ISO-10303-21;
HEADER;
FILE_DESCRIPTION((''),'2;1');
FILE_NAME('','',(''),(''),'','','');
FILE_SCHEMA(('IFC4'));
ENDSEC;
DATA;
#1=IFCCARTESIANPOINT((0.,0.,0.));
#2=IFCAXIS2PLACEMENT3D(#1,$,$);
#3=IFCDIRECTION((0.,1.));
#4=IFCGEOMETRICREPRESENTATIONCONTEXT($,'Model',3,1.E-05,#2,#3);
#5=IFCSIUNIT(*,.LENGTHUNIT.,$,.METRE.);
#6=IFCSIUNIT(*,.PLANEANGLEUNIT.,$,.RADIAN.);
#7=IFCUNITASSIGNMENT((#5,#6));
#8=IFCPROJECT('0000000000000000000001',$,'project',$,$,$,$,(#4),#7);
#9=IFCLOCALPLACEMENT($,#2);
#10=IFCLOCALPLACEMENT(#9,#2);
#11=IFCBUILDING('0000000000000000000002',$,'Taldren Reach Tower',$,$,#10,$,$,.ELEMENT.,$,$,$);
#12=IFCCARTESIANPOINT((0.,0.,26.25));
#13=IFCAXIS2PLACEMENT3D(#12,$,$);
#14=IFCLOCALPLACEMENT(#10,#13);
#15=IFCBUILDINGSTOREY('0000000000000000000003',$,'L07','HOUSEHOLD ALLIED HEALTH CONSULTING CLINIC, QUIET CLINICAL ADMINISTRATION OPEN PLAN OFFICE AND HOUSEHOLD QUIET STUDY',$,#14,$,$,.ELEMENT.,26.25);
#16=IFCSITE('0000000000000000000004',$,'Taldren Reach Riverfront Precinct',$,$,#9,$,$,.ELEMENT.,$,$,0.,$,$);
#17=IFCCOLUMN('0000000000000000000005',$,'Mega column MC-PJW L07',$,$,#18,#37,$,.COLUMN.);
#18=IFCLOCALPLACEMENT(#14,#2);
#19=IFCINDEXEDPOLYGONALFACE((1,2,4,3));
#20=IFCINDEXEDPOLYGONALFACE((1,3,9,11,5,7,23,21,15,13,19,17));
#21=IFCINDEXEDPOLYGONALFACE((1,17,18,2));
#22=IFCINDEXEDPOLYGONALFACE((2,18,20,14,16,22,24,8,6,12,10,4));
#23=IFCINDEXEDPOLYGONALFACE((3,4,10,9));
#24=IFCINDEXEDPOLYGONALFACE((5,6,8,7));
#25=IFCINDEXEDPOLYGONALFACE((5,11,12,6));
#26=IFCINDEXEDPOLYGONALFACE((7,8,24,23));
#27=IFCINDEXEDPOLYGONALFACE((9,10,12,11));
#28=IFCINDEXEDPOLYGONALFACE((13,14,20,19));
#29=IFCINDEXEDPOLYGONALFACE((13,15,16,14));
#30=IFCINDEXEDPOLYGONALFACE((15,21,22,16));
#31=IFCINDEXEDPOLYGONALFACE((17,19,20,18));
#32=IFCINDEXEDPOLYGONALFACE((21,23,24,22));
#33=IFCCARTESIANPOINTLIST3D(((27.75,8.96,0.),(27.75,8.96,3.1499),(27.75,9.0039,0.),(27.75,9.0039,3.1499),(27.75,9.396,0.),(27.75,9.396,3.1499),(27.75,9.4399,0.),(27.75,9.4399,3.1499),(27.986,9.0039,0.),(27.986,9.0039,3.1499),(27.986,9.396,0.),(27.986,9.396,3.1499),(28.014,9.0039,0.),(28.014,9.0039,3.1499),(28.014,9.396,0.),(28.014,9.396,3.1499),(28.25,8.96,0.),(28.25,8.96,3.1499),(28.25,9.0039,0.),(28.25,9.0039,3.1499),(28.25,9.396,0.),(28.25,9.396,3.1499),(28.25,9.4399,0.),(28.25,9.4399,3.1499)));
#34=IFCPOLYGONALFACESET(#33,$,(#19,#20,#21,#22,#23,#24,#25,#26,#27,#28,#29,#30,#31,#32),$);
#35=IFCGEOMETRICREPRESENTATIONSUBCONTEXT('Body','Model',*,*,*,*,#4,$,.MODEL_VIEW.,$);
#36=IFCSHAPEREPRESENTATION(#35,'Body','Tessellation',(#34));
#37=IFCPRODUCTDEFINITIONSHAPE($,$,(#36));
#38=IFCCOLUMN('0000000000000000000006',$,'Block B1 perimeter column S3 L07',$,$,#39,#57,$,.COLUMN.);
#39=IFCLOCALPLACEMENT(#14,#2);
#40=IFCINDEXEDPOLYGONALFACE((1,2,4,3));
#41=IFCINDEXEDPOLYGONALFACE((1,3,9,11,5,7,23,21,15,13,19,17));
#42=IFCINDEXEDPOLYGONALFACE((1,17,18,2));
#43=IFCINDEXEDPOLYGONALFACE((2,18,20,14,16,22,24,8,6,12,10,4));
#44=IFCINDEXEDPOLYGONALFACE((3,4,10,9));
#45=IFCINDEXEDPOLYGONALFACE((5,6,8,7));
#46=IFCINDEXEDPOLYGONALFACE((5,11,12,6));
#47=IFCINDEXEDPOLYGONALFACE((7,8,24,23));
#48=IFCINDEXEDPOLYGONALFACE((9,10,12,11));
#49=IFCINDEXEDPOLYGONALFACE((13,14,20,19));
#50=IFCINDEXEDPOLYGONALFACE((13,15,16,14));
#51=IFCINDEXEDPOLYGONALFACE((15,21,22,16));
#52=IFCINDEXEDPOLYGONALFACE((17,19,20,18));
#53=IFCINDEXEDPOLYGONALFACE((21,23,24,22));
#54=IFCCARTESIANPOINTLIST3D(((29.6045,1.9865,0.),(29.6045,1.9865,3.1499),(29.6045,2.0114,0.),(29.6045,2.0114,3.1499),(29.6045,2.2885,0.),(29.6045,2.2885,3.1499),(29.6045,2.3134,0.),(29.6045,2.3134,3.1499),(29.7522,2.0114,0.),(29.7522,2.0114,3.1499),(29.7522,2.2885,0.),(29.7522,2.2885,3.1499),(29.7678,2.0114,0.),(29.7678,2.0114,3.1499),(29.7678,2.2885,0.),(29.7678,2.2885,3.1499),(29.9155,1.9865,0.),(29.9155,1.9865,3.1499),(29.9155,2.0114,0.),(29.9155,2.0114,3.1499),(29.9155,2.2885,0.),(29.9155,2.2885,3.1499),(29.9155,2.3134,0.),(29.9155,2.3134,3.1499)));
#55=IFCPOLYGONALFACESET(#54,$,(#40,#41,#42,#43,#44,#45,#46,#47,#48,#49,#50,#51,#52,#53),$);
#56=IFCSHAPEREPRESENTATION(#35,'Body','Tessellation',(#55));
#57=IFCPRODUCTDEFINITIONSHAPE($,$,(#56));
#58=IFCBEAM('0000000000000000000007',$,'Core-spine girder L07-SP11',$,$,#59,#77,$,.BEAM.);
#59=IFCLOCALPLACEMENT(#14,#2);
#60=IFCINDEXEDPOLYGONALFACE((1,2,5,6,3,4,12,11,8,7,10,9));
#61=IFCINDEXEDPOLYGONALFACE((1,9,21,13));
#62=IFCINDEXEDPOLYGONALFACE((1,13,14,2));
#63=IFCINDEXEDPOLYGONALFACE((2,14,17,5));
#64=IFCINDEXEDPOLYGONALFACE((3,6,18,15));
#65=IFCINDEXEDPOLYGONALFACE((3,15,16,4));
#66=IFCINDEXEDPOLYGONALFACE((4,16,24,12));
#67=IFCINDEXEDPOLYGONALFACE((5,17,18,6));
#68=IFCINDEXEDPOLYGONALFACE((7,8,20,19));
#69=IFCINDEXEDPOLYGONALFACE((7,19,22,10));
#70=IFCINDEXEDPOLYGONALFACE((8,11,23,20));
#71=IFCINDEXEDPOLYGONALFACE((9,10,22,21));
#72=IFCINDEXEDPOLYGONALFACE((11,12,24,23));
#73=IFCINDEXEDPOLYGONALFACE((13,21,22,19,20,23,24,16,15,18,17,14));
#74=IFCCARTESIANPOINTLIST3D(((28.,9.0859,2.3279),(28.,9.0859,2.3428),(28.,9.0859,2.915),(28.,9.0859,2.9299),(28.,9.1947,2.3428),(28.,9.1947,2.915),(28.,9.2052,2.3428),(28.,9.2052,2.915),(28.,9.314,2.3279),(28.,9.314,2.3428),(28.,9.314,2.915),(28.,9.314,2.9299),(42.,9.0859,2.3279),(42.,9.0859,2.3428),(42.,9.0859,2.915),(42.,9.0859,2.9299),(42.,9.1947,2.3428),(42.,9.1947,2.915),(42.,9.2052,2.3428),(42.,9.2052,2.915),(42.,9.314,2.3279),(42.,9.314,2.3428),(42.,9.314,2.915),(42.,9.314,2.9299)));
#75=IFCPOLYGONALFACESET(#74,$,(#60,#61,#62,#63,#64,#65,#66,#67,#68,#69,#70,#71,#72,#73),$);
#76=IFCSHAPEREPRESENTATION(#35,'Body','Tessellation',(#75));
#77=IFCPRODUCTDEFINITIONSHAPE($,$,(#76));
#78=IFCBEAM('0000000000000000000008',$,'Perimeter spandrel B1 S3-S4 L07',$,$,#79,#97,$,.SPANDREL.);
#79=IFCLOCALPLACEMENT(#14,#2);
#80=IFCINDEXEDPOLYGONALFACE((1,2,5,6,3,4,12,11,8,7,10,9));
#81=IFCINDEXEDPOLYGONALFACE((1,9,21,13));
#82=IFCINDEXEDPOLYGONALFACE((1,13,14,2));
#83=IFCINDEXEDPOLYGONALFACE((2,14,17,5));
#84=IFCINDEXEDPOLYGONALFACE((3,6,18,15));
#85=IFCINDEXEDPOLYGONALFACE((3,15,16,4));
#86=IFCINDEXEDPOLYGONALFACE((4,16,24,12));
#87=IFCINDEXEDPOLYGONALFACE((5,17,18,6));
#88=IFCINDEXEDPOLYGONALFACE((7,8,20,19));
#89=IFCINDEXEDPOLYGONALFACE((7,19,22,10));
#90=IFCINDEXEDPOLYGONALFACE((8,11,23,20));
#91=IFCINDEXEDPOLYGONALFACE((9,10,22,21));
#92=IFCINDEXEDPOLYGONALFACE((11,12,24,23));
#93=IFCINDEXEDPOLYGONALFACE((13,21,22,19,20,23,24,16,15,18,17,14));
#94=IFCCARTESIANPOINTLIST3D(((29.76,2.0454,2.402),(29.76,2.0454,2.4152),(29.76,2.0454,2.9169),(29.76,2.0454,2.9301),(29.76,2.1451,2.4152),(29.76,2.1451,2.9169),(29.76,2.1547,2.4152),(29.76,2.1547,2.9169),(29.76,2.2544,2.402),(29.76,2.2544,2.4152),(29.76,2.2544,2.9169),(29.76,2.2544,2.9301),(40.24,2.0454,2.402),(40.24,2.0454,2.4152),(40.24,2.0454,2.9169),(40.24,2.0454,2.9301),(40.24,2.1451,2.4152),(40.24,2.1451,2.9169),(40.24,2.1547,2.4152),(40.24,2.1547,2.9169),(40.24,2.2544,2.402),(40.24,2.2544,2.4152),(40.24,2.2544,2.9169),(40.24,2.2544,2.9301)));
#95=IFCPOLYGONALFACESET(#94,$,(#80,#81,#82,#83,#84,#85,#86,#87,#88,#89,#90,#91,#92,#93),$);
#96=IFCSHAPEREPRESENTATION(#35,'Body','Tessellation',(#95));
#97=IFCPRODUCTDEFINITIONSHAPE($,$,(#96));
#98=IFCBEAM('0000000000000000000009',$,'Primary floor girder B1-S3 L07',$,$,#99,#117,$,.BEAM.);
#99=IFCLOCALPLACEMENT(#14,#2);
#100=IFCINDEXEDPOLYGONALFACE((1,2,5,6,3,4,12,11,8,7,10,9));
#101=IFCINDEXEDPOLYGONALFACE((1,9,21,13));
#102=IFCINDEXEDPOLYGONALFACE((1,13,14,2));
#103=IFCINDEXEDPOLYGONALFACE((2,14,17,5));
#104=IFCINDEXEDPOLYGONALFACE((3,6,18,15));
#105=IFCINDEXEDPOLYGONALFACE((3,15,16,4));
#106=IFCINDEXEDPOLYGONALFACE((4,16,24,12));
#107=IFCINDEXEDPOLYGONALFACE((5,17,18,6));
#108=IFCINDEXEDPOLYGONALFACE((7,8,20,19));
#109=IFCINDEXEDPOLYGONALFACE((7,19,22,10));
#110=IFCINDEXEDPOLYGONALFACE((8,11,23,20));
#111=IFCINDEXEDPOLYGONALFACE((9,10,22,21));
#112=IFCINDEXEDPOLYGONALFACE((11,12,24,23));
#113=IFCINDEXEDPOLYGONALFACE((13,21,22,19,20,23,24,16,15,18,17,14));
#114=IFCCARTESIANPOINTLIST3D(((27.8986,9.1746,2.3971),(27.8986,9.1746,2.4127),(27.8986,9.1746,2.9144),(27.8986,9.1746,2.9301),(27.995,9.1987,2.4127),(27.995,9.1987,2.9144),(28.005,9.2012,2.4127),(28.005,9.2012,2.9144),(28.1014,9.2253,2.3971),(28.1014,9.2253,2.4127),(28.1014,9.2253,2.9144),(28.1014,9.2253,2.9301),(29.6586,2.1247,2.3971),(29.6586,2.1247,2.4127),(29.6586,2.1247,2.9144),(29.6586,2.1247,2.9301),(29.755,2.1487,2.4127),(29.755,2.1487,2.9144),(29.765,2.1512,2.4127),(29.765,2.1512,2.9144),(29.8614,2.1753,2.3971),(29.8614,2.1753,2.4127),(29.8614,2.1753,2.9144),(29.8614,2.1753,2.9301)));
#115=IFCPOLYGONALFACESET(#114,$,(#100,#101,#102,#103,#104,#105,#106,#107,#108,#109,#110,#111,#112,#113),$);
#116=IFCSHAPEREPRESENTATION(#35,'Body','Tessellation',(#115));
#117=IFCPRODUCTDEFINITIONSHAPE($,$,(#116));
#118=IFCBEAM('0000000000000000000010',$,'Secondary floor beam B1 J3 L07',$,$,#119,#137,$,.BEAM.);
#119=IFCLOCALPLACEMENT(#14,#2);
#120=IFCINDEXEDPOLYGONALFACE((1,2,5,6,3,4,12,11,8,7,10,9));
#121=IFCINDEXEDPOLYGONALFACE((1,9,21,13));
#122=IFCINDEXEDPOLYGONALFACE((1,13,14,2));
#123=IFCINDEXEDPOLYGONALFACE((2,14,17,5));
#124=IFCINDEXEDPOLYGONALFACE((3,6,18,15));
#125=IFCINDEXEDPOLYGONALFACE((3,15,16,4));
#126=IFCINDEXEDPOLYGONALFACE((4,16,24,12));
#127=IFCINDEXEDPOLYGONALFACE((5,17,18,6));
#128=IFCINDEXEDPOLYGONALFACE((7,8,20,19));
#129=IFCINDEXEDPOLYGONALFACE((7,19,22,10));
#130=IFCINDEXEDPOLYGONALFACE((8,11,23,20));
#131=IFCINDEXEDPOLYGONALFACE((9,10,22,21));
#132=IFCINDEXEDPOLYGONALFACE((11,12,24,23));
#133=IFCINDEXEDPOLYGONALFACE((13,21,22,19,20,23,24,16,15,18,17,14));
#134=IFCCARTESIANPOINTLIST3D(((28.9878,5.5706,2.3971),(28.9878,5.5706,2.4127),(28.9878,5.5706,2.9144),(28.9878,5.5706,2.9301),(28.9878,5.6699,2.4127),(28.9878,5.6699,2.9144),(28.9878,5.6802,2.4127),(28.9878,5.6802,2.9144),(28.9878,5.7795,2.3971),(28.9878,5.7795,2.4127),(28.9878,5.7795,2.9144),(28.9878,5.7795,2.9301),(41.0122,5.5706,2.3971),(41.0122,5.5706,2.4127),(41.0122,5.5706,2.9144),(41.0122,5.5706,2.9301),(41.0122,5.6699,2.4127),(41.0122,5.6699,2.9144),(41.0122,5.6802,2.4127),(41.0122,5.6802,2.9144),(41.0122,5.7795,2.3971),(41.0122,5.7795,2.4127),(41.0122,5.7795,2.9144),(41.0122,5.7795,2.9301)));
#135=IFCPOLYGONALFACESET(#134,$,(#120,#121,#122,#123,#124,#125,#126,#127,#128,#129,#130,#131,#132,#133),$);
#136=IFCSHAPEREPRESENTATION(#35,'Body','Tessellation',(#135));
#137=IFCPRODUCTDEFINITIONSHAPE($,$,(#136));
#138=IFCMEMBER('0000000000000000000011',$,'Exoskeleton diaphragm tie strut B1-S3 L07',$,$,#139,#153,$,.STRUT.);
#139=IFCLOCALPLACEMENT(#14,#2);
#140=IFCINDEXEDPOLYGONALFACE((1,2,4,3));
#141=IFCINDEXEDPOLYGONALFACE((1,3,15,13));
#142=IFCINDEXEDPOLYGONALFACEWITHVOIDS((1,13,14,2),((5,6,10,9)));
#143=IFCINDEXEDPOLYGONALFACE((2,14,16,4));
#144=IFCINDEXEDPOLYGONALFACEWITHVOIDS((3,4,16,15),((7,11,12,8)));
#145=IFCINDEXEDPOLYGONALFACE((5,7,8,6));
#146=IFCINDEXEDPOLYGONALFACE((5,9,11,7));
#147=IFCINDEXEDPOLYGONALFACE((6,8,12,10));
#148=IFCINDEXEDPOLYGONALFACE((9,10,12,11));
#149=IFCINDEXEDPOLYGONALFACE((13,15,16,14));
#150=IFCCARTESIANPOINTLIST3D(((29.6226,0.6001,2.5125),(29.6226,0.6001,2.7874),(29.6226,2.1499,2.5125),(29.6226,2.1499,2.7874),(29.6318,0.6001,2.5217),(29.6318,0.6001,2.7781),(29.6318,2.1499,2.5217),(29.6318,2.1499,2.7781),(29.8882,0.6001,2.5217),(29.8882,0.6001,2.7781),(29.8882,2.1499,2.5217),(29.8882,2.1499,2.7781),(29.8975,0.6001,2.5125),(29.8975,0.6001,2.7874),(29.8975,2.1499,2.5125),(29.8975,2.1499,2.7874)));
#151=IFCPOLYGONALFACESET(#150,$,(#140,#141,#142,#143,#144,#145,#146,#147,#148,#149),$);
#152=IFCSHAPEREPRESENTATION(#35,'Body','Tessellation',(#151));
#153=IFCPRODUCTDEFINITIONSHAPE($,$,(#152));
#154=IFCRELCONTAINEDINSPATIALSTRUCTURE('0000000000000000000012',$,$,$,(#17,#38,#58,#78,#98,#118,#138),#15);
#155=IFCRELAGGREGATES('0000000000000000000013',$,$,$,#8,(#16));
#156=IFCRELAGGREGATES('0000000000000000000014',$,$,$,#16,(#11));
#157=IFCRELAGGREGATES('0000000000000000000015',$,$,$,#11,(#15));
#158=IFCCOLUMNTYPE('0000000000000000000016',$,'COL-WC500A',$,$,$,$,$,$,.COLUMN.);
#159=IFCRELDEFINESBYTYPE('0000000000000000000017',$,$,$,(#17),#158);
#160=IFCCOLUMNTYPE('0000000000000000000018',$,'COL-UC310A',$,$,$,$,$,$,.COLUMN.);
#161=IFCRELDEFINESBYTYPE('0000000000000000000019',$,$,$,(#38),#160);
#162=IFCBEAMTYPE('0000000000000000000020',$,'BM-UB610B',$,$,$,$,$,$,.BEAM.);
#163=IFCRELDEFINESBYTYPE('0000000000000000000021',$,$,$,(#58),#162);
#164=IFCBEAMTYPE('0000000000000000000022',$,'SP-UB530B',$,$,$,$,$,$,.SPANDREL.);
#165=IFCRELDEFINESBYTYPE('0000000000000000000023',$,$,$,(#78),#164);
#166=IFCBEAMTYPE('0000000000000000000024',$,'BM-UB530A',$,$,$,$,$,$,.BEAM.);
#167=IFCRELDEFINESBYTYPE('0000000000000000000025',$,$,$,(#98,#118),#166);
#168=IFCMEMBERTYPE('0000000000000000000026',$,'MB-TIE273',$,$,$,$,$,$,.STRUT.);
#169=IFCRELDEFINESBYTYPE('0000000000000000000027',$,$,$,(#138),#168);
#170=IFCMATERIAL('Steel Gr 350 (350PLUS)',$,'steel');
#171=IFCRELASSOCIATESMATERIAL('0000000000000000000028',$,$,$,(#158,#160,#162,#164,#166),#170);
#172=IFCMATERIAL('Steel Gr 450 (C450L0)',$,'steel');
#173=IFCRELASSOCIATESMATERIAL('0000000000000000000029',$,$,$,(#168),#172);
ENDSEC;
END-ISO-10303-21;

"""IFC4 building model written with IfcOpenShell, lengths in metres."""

from ifc_helpers import new_model, si_unit, direction, frame, origin, origin_2d, place, context, subcontext, project, spatial, hollow_rectangle, i_section, extrude, source, transform, mapped, material, material_profile, profile_set, type_object, element, save


model = new_model("IFC4")

# Units and contexts
model_context = context("Model", 3, precision=1e-05, world=origin(), true_north=direction((0.0, 1.0)))
body_context = subcontext(model_context, "Body", "Model", "MODEL_VIEW")
ifc_project = project(units=[si_unit("LENGTHUNIT", "METRE"), si_unit("PLANEANGLEUNIT", "RADIAN")], contexts=[model_context])

# Site, building, storey
site_placement = place(None, origin())
site = spatial("IfcSite", under=ifc_project, at=site_placement, Name="Taldren Reach Riverfront Precinct", CompositionType="ELEMENT", RefElevation=0.0)
building_placement = place(site_placement, origin())
building = spatial("IfcBuilding", under=site, at=building_placement, Name="Taldren Reach Tower", CompositionType="ELEMENT")
storey_placement = place(building_placement, frame((0.0, 0.0, 26.25)))
storey = spatial("IfcBuildingStorey", under=building, at=storey_placement, Name="L07", Description="HOUSEHOLD ALLIED HEALTH CONSULTING CLINIC, QUIET CLINICAL ADMINISTRATION OPEN PLAN OFFICE AND HOUSEHOLD QUIET STUDY", CompositionType="ELEMENT", Elevation=26.25)

# Columns
ifc_material_1 = material(Name="Steel Gr 350 (350PLUS)", Category="steel")
ifc_material_profile_1 = material_profile(ifc_material_1, i_section(OverallWidth=0.5, OverallDepth=0.48, WebThickness=0.0281, FlangeThickness=0.0439, at=origin_2d()), Name="500WC440")
ifc_profile_set_1 = profile_set([ifc_material_profile_1], Name="Steel Gr 350 (350PLUS)")
column_type_1 = type_object("IfcColumnType", Name="COL-WC500A", PredefinedType="COLUMN", material=ifc_profile_set_1)
shared_shape_1 = source(origin(), body_context, "Body", "SweptSolid", [
    extrude(i_section(OverallWidth=0.5, OverallDepth=0.48, WebThickness=0.0281, FlangeThickness=0.0439, at=origin_2d()), origin(), (0.0, 0.0, 1.0), 3.1499),
])
column_1_placement = place(storey_placement, frame((28.0, 9.2, 0.0), z_axis=(0.0, 0.0, 1.0), x_axis=(1.0, 0.0, 0.0)))
element("IfcColumn", 1, at=column_1_placement, inside=storey, type_object=column_type_1, Name="Mega column MC-PJW L07", PredefinedType="COLUMN", context=body_context, shape_type="MappedRepresentation", body=[
    mapped(shared_shape_1, transform((0.0, 0.0, 0.0), scale=1.0)),
])
ifc_material_profile_2 = material_profile(ifc_material_1, i_section(OverallWidth=0.311, OverallDepth=0.3269, WebThickness=0.0156, FlangeThickness=0.0249, at=origin_2d()), Name="310UC158")
ifc_profile_set_2 = profile_set([ifc_material_profile_2], Name="Steel Gr 350 (350PLUS)")
column_type_2 = type_object("IfcColumnType", Name="COL-UC310A", PredefinedType="COLUMN", material=ifc_profile_set_2)
shared_shape_2 = source(origin(), body_context, "Body", "SweptSolid", [
    extrude(i_section(OverallWidth=0.311, OverallDepth=0.3269, WebThickness=0.0156, FlangeThickness=0.0249, at=origin_2d()), origin(), (0.0, 0.0, 1.0), 3.1499),
])
column_2_placement = place(storey_placement, frame((29.76, 2.1499, 0.0), z_axis=(0.0, 0.0, 1.0), x_axis=(1.0, 0.0, 0.0)))
element("IfcColumn", 2, at=column_2_placement, inside=storey, type_object=column_type_2, Name="Block B1 perimeter column S3 L07", PredefinedType="COLUMN", context=body_context, shape_type="MappedRepresentation", body=[
    mapped(shared_shape_2, transform((0.0, 0.0, 0.0), scale=1.0)),
])

# Beams
ifc_material_profile_3 = material_profile(ifc_material_1, i_section(OverallWidth=0.228, OverallDepth=0.6021, WebThickness=0.0105, FlangeThickness=0.0149, at=origin_2d()), Name="610UB101")
ifc_profile_set_3 = profile_set([ifc_material_profile_3], Name="Steel Gr 350 (350PLUS)")
beam_type_1 = type_object("IfcBeamType", Name="BM-UB610B", PredefinedType="BEAM", material=ifc_profile_set_3)
shared_shape_3 = source(origin(), body_context, "Body", "SweptSolid", [
    extrude(i_section(OverallWidth=0.228, OverallDepth=0.6021, WebThickness=0.0105, FlangeThickness=0.0149, at=origin_2d()), origin(), (0.0, 0.0, 1.0), 14.0),
])
beam_1_placement = place(storey_placement, frame((28.0, 9.2, 2.6289), z_axis=(1.0, 0.0, 0.0), x_axis=(0.0, 1.0, 0.0)))
element("IfcBeam", 3, at=beam_1_placement, inside=storey, type_object=beam_type_1, Name="Core-spine girder L07-SP11", PredefinedType="BEAM", context=body_context, shape_type="MappedRepresentation", body=[
    mapped(shared_shape_3, transform((0.0, 0.0, 0.0), scale=1.0)),
])
ifc_material_profile_4 = material_profile(ifc_material_1, i_section(OverallWidth=0.209, OverallDepth=0.5281, WebThickness=0.0095, FlangeThickness=0.0132, at=origin_2d()), Name="530UB82.0")
ifc_profile_set_4 = profile_set([ifc_material_profile_4], Name="Steel Gr 350 (350PLUS)")
beam_type_2 = type_object("IfcBeamType", Name="SP-UB530B", PredefinedType="SPANDREL", material=ifc_profile_set_4)
shared_shape_4 = source(origin(), body_context, "Body", "SweptSolid", [
    extrude(i_section(OverallWidth=0.209, OverallDepth=0.5281, WebThickness=0.0095, FlangeThickness=0.0132, at=origin_2d()), origin(), (0.0, 0.0, 1.0), 10.48),
])
beam_2_placement = place(storey_placement, frame((29.76, 2.1499, 2.666), z_axis=(1.0, 0.0, 0.0), x_axis=(0.0, 1.0, 0.0)))
element("IfcBeam", 4, at=beam_2_placement, inside=storey, type_object=beam_type_2, Name="Perimeter spandrel B1 S3-S4 L07", PredefinedType="SPANDREL", context=body_context, shape_type="MappedRepresentation", body=[
    mapped(shared_shape_4, transform((0.0, 0.0, 0.0), scale=1.0)),
])
ifc_material_profile_5 = material_profile(ifc_material_1, i_section(OverallWidth=0.209, OverallDepth=0.533, WebThickness=0.0103, FlangeThickness=0.0156, at=origin_2d()), Name="530UB92.4")
ifc_profile_set_5 = profile_set([ifc_material_profile_5], Name="Steel Gr 350 (350PLUS)")
beam_type_3 = type_object("IfcBeamType", Name="BM-UB530A", PredefinedType="BEAM", material=ifc_profile_set_5)
shared_shape_5 = source(origin(), body_context, "Body", "SweptSolid", [
    extrude(i_section(OverallWidth=0.209, OverallDepth=0.533, WebThickness=0.0103, FlangeThickness=0.0156, at=origin_2d()), origin(), (0.0, 0.0, 1.0), 7.2664),
])
beam_3_placement = place(storey_placement, frame((28.0, 9.2, 2.6636), z_axis=(0.242211, -0.970223, 0.0), x_axis=(0.970223, 0.242211, 0.0)))
element("IfcBeam", 5, at=beam_3_placement, inside=storey, type_object=beam_type_3, Name="Primary floor girder B1-S3 L07", PredefinedType="BEAM", context=body_context, shape_type="MappedRepresentation", body=[
    mapped(shared_shape_5, transform((0.0, 0.0, 0.0), scale=1.0)),
])
shared_shape_6 = source(origin(), body_context, "Body", "SweptSolid", [
    extrude(i_section(OverallWidth=0.209, OverallDepth=0.533, WebThickness=0.0103, FlangeThickness=0.0156, at=origin_2d()), origin(), (0.0, 0.0, 1.0), 12.0244),
])
beam_4_placement = place(storey_placement, frame((28.9878, 5.675, 2.6636), z_axis=(1.0, 0.0, 0.0), x_axis=(0.0, 1.0, 0.0)))
element("IfcBeam", 6, at=beam_4_placement, inside=storey, type_object=beam_type_3, Name="Secondary floor beam B1 J3 L07", PredefinedType="BEAM", context=body_context, shape_type="MappedRepresentation", body=[
    mapped(shared_shape_6, transform((0.0, 0.0, 0.0), scale=1.0)),
])

# Member
ifc_material_2 = material(Name="Steel Gr 450 (C450L0)", Category="steel")
ifc_material_profile_6 = material_profile(ifc_material_2, hollow_rectangle(XDim=0.2749, YDim=0.2749, WallThickness=0.0093, at=origin_2d()), Name="275x275x9.3SHS")
ifc_profile_set_6 = profile_set([ifc_material_profile_6], Name="Steel Gr 450 (C450L0)")
member_type_1 = type_object("IfcMemberType", Name="MB-TIE273", PredefinedType="STRUT", material=ifc_profile_set_6)
shared_shape_7 = source(origin(), body_context, "Body", "SweptSolid", [
    extrude(hollow_rectangle(XDim=0.2749, YDim=0.2749, WallThickness=0.0093, at=origin_2d()), origin(), (0.0, 0.0, 1.0), 1.5498),
])
member_1_placement = place(storey_placement, frame((29.76, 2.1499, 2.6499), z_axis=(0.0, -1.0, 0.0), x_axis=(1.0, 0.0, 0.0)))
element("IfcMember", 7, at=member_1_placement, inside=storey, type_object=member_type_1, Name="Exoskeleton diaphragm tie strut B1-S3 L07", PredefinedType="STRUT", context=body_context, shape_type="MappedRepresentation", body=[
    mapped(shared_shape_7, transform((0.0, 0.0, 0.0), scale=1.0)),
])

save(model, "model.ifc")
